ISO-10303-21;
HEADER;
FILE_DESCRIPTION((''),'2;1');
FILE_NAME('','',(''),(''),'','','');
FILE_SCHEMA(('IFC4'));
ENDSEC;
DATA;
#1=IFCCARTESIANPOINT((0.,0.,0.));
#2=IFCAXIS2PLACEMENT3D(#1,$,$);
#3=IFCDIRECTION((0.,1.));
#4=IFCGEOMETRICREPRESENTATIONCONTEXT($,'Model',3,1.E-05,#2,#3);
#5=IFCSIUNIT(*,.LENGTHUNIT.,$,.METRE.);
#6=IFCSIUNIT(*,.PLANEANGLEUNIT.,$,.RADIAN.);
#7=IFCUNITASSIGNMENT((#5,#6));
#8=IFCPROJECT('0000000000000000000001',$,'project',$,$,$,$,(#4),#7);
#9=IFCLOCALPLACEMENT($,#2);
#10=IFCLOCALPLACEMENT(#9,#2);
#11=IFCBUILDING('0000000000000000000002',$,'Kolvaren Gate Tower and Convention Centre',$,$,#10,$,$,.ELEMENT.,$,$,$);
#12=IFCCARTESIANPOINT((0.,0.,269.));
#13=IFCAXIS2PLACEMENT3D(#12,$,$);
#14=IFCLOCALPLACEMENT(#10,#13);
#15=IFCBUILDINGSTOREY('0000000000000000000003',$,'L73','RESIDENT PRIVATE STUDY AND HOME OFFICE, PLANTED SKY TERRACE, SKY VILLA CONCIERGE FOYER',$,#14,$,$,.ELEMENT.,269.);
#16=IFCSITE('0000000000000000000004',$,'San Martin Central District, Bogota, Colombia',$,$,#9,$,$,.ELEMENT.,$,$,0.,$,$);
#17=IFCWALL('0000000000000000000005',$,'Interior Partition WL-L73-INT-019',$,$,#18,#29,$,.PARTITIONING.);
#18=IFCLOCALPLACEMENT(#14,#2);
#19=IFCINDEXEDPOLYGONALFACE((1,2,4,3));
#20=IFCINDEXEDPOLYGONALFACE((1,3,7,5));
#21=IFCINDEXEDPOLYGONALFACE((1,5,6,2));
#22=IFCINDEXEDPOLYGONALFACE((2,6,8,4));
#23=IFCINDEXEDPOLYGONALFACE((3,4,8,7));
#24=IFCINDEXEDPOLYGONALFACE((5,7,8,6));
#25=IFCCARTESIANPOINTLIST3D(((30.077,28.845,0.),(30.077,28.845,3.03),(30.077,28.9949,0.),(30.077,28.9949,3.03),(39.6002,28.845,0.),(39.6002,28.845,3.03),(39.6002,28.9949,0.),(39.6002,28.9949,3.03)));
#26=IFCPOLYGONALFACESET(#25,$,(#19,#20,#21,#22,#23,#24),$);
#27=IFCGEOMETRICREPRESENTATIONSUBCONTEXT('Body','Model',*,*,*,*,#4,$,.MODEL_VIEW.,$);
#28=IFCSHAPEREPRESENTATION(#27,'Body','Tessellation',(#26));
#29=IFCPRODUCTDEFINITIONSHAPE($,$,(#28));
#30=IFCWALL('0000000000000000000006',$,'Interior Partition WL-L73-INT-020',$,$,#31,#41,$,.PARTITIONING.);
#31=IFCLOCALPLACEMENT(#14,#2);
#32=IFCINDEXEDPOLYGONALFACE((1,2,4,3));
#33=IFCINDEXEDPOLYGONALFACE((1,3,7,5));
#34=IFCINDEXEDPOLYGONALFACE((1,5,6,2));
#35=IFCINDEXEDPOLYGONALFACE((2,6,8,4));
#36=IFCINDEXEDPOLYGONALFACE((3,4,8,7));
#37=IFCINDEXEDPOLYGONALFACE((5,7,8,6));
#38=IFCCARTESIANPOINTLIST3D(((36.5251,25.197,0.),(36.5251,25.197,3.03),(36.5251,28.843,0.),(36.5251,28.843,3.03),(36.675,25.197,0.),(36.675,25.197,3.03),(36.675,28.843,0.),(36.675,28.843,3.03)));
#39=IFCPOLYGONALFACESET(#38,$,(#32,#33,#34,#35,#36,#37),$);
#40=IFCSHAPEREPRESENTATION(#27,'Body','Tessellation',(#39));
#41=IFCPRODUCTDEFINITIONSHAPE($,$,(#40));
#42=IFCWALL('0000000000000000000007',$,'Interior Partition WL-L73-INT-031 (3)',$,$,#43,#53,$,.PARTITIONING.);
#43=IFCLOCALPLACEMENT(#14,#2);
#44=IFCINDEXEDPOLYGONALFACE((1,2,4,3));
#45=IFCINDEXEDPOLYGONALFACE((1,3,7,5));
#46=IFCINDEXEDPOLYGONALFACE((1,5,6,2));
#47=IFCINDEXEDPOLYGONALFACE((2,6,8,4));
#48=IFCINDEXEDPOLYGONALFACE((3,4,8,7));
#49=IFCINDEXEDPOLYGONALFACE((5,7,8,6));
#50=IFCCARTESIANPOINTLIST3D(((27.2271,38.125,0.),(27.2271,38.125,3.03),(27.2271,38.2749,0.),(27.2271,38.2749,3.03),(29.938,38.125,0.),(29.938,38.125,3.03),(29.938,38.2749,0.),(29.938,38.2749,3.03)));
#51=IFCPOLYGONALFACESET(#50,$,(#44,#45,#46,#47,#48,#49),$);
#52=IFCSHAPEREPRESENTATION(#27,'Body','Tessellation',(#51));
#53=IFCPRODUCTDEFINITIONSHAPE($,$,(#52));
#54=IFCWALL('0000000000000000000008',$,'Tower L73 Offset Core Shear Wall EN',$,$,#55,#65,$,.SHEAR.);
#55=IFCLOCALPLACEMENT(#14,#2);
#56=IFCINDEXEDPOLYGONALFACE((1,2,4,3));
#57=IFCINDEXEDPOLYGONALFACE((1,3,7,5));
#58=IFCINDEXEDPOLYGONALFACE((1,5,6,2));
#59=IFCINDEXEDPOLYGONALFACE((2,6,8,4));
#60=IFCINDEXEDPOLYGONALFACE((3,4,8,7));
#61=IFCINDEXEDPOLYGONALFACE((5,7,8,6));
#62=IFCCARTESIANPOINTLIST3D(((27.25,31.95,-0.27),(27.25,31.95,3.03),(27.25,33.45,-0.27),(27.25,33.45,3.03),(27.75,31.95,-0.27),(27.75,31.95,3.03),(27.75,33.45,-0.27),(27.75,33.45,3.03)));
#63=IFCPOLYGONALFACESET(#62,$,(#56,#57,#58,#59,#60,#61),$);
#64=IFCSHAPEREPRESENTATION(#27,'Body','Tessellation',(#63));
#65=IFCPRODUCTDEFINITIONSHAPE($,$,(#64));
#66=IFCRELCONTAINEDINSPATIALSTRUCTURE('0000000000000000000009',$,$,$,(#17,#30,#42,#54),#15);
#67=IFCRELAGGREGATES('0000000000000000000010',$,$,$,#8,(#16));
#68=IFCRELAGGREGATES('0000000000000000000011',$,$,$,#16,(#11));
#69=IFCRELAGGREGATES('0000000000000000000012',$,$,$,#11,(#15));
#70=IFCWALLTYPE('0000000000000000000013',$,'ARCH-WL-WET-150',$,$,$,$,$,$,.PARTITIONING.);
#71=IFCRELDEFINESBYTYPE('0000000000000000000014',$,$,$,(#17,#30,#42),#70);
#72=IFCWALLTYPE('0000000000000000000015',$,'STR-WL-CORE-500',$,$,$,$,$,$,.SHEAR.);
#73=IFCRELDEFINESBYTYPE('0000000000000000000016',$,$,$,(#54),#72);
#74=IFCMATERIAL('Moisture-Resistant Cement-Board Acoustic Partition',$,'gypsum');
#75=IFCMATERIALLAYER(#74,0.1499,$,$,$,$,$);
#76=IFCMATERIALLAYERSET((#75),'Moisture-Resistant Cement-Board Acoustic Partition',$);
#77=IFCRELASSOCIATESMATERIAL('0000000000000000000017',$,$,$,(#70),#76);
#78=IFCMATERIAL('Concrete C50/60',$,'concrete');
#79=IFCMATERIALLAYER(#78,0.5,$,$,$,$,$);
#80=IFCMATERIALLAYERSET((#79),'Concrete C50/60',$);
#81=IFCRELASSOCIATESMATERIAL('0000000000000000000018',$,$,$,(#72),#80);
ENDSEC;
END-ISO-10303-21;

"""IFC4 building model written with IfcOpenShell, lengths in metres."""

from ifc_helpers import new_model, si_unit, direction, frame, frame_2d, origin, place, context, subcontext, project, spatial, rectangle, extrude, material, layer, layer_set, type_object, element, save


model = new_model("IFC4")

# Units and contexts
model_context = context("Model", 3, precision=1e-05, world=origin(), true_north=direction((0.0, 1.0)))
body_context = subcontext(model_context, "Body", "Model", "MODEL_VIEW")
ifc_project = project(units=[si_unit("LENGTHUNIT", "METRE"), si_unit("PLANEANGLEUNIT", "RADIAN")], contexts=[model_context])

# Site, building, storey
site_placement = place(None, origin())
site = spatial("IfcSite", under=ifc_project, at=site_placement, Name="San Martin Central District, Bogota, Colombia", CompositionType="ELEMENT", RefElevation=0.0)
building_placement = place(site_placement, origin())
building = spatial("IfcBuilding", under=site, at=building_placement, Name="Kolvaren Gate Tower and Convention Centre", CompositionType="ELEMENT")
storey_placement = place(building_placement, frame((0.0, 0.0, 269.0)))
storey = spatial("IfcBuildingStorey", under=building, at=storey_placement, Name="L73", Description="RESIDENT PRIVATE STUDY AND HOME OFFICE, PLANTED SKY TERRACE, SKY VILLA CONCIERGE FOYER", CompositionType="ELEMENT", Elevation=269.0)

# Shared definitions
ifc_material_1 = material(Name="Concrete C50/60", Category="concrete")

# Shared definitions
ifc_material_2 = material(Name="Moisture-Resistant Cement-Board Acoustic Partition", Category="gypsum")
ifc_layer_1 = layer(ifc_material_2, 0.1499)
ifc_layer_set_1 = layer_set([ifc_layer_1], Name="Moisture-Resistant Cement-Board Acoustic Partition")
wall_type_1 = type_object("IfcWallType", Name="ARCH-WL-WET-150", PredefinedType="PARTITIONING", material=ifc_layer_set_1)

# Walls
wall_1_placement = place(storey_placement, frame((30.0769, 28.9199, 0.0), z_axis=(0.0, 0.0, 1.0), x_axis=(1.0, 0.0, 0.0)))
element("IfcWall", 1, at=wall_1_placement, inside=storey, type_object=wall_type_1, Name="Interior Partition WL-L73-INT-019", PredefinedType="PARTITIONING", context=body_context, shape_type="SweptSolid", body=[
    extrude(rectangle(XDim=9.5232, YDim=0.1499, at=frame_2d((4.7617, 0.0))), origin(), (0.0, 0.0, 1.0), 3.03),
])
wall_2_placement = place(storey_placement, frame((36.6001, 25.197, 0.0), z_axis=(0.0, 0.0, 1.0), x_axis=(0.0, 1.0, 0.0)))
element("IfcWall", 2, at=wall_2_placement, inside=storey, type_object=wall_type_1, Name="Interior Partition WL-L73-INT-020", PredefinedType="PARTITIONING", context=body_context, shape_type="SweptSolid", body=[
    extrude(rectangle(XDim=3.646, YDim=0.1499, at=frame_2d((1.823, 0.0))), origin(), (0.0, 0.0, 1.0), 3.03),
])
wall_3_placement = place(storey_placement, frame((27.2271, 38.2, 0.0), z_axis=(0.0, 0.0, 1.0), x_axis=(1.0, 0.0, 0.0)))
element("IfcWall", 3, at=wall_3_placement, inside=storey, type_object=wall_type_1, Name="Interior Partition WL-L73-INT-031 (3)", PredefinedType="PARTITIONING", context=body_context, shape_type="SweptSolid", body=[
    extrude(rectangle(XDim=2.7109, YDim=0.1499, at=frame_2d((1.3555, 0.0))), origin(), (0.0, 0.0, 1.0), 3.03),
])
ifc_layer_2 = layer(ifc_material_1, 0.5)
ifc_layer_set_2 = layer_set([ifc_layer_2], Name="Concrete C50/60")
wall_type_2 = type_object("IfcWallType", Name="STR-WL-CORE-500", PredefinedType="SHEAR", material=ifc_layer_set_2)
wall_4_placement = place(storey_placement, frame((27.5, 31.95, -0.27), z_axis=(0.0, 0.0, 1.0), x_axis=(0.0, 1.0, 0.0)))
element("IfcWall", 4, at=wall_4_placement, inside=storey, type_object=wall_type_2, Name="Tower L73 Offset Core Shear Wall EN", PredefinedType="SHEAR", context=body_context, shape_type="SweptSolid", body=[
    extrude(rectangle(XDim=1.5, YDim=0.5, at=frame_2d((0.75, 0.0))), origin(), (0.0, 0.0, 1.0), 3.3),
])

save(model, "model.ifc")
